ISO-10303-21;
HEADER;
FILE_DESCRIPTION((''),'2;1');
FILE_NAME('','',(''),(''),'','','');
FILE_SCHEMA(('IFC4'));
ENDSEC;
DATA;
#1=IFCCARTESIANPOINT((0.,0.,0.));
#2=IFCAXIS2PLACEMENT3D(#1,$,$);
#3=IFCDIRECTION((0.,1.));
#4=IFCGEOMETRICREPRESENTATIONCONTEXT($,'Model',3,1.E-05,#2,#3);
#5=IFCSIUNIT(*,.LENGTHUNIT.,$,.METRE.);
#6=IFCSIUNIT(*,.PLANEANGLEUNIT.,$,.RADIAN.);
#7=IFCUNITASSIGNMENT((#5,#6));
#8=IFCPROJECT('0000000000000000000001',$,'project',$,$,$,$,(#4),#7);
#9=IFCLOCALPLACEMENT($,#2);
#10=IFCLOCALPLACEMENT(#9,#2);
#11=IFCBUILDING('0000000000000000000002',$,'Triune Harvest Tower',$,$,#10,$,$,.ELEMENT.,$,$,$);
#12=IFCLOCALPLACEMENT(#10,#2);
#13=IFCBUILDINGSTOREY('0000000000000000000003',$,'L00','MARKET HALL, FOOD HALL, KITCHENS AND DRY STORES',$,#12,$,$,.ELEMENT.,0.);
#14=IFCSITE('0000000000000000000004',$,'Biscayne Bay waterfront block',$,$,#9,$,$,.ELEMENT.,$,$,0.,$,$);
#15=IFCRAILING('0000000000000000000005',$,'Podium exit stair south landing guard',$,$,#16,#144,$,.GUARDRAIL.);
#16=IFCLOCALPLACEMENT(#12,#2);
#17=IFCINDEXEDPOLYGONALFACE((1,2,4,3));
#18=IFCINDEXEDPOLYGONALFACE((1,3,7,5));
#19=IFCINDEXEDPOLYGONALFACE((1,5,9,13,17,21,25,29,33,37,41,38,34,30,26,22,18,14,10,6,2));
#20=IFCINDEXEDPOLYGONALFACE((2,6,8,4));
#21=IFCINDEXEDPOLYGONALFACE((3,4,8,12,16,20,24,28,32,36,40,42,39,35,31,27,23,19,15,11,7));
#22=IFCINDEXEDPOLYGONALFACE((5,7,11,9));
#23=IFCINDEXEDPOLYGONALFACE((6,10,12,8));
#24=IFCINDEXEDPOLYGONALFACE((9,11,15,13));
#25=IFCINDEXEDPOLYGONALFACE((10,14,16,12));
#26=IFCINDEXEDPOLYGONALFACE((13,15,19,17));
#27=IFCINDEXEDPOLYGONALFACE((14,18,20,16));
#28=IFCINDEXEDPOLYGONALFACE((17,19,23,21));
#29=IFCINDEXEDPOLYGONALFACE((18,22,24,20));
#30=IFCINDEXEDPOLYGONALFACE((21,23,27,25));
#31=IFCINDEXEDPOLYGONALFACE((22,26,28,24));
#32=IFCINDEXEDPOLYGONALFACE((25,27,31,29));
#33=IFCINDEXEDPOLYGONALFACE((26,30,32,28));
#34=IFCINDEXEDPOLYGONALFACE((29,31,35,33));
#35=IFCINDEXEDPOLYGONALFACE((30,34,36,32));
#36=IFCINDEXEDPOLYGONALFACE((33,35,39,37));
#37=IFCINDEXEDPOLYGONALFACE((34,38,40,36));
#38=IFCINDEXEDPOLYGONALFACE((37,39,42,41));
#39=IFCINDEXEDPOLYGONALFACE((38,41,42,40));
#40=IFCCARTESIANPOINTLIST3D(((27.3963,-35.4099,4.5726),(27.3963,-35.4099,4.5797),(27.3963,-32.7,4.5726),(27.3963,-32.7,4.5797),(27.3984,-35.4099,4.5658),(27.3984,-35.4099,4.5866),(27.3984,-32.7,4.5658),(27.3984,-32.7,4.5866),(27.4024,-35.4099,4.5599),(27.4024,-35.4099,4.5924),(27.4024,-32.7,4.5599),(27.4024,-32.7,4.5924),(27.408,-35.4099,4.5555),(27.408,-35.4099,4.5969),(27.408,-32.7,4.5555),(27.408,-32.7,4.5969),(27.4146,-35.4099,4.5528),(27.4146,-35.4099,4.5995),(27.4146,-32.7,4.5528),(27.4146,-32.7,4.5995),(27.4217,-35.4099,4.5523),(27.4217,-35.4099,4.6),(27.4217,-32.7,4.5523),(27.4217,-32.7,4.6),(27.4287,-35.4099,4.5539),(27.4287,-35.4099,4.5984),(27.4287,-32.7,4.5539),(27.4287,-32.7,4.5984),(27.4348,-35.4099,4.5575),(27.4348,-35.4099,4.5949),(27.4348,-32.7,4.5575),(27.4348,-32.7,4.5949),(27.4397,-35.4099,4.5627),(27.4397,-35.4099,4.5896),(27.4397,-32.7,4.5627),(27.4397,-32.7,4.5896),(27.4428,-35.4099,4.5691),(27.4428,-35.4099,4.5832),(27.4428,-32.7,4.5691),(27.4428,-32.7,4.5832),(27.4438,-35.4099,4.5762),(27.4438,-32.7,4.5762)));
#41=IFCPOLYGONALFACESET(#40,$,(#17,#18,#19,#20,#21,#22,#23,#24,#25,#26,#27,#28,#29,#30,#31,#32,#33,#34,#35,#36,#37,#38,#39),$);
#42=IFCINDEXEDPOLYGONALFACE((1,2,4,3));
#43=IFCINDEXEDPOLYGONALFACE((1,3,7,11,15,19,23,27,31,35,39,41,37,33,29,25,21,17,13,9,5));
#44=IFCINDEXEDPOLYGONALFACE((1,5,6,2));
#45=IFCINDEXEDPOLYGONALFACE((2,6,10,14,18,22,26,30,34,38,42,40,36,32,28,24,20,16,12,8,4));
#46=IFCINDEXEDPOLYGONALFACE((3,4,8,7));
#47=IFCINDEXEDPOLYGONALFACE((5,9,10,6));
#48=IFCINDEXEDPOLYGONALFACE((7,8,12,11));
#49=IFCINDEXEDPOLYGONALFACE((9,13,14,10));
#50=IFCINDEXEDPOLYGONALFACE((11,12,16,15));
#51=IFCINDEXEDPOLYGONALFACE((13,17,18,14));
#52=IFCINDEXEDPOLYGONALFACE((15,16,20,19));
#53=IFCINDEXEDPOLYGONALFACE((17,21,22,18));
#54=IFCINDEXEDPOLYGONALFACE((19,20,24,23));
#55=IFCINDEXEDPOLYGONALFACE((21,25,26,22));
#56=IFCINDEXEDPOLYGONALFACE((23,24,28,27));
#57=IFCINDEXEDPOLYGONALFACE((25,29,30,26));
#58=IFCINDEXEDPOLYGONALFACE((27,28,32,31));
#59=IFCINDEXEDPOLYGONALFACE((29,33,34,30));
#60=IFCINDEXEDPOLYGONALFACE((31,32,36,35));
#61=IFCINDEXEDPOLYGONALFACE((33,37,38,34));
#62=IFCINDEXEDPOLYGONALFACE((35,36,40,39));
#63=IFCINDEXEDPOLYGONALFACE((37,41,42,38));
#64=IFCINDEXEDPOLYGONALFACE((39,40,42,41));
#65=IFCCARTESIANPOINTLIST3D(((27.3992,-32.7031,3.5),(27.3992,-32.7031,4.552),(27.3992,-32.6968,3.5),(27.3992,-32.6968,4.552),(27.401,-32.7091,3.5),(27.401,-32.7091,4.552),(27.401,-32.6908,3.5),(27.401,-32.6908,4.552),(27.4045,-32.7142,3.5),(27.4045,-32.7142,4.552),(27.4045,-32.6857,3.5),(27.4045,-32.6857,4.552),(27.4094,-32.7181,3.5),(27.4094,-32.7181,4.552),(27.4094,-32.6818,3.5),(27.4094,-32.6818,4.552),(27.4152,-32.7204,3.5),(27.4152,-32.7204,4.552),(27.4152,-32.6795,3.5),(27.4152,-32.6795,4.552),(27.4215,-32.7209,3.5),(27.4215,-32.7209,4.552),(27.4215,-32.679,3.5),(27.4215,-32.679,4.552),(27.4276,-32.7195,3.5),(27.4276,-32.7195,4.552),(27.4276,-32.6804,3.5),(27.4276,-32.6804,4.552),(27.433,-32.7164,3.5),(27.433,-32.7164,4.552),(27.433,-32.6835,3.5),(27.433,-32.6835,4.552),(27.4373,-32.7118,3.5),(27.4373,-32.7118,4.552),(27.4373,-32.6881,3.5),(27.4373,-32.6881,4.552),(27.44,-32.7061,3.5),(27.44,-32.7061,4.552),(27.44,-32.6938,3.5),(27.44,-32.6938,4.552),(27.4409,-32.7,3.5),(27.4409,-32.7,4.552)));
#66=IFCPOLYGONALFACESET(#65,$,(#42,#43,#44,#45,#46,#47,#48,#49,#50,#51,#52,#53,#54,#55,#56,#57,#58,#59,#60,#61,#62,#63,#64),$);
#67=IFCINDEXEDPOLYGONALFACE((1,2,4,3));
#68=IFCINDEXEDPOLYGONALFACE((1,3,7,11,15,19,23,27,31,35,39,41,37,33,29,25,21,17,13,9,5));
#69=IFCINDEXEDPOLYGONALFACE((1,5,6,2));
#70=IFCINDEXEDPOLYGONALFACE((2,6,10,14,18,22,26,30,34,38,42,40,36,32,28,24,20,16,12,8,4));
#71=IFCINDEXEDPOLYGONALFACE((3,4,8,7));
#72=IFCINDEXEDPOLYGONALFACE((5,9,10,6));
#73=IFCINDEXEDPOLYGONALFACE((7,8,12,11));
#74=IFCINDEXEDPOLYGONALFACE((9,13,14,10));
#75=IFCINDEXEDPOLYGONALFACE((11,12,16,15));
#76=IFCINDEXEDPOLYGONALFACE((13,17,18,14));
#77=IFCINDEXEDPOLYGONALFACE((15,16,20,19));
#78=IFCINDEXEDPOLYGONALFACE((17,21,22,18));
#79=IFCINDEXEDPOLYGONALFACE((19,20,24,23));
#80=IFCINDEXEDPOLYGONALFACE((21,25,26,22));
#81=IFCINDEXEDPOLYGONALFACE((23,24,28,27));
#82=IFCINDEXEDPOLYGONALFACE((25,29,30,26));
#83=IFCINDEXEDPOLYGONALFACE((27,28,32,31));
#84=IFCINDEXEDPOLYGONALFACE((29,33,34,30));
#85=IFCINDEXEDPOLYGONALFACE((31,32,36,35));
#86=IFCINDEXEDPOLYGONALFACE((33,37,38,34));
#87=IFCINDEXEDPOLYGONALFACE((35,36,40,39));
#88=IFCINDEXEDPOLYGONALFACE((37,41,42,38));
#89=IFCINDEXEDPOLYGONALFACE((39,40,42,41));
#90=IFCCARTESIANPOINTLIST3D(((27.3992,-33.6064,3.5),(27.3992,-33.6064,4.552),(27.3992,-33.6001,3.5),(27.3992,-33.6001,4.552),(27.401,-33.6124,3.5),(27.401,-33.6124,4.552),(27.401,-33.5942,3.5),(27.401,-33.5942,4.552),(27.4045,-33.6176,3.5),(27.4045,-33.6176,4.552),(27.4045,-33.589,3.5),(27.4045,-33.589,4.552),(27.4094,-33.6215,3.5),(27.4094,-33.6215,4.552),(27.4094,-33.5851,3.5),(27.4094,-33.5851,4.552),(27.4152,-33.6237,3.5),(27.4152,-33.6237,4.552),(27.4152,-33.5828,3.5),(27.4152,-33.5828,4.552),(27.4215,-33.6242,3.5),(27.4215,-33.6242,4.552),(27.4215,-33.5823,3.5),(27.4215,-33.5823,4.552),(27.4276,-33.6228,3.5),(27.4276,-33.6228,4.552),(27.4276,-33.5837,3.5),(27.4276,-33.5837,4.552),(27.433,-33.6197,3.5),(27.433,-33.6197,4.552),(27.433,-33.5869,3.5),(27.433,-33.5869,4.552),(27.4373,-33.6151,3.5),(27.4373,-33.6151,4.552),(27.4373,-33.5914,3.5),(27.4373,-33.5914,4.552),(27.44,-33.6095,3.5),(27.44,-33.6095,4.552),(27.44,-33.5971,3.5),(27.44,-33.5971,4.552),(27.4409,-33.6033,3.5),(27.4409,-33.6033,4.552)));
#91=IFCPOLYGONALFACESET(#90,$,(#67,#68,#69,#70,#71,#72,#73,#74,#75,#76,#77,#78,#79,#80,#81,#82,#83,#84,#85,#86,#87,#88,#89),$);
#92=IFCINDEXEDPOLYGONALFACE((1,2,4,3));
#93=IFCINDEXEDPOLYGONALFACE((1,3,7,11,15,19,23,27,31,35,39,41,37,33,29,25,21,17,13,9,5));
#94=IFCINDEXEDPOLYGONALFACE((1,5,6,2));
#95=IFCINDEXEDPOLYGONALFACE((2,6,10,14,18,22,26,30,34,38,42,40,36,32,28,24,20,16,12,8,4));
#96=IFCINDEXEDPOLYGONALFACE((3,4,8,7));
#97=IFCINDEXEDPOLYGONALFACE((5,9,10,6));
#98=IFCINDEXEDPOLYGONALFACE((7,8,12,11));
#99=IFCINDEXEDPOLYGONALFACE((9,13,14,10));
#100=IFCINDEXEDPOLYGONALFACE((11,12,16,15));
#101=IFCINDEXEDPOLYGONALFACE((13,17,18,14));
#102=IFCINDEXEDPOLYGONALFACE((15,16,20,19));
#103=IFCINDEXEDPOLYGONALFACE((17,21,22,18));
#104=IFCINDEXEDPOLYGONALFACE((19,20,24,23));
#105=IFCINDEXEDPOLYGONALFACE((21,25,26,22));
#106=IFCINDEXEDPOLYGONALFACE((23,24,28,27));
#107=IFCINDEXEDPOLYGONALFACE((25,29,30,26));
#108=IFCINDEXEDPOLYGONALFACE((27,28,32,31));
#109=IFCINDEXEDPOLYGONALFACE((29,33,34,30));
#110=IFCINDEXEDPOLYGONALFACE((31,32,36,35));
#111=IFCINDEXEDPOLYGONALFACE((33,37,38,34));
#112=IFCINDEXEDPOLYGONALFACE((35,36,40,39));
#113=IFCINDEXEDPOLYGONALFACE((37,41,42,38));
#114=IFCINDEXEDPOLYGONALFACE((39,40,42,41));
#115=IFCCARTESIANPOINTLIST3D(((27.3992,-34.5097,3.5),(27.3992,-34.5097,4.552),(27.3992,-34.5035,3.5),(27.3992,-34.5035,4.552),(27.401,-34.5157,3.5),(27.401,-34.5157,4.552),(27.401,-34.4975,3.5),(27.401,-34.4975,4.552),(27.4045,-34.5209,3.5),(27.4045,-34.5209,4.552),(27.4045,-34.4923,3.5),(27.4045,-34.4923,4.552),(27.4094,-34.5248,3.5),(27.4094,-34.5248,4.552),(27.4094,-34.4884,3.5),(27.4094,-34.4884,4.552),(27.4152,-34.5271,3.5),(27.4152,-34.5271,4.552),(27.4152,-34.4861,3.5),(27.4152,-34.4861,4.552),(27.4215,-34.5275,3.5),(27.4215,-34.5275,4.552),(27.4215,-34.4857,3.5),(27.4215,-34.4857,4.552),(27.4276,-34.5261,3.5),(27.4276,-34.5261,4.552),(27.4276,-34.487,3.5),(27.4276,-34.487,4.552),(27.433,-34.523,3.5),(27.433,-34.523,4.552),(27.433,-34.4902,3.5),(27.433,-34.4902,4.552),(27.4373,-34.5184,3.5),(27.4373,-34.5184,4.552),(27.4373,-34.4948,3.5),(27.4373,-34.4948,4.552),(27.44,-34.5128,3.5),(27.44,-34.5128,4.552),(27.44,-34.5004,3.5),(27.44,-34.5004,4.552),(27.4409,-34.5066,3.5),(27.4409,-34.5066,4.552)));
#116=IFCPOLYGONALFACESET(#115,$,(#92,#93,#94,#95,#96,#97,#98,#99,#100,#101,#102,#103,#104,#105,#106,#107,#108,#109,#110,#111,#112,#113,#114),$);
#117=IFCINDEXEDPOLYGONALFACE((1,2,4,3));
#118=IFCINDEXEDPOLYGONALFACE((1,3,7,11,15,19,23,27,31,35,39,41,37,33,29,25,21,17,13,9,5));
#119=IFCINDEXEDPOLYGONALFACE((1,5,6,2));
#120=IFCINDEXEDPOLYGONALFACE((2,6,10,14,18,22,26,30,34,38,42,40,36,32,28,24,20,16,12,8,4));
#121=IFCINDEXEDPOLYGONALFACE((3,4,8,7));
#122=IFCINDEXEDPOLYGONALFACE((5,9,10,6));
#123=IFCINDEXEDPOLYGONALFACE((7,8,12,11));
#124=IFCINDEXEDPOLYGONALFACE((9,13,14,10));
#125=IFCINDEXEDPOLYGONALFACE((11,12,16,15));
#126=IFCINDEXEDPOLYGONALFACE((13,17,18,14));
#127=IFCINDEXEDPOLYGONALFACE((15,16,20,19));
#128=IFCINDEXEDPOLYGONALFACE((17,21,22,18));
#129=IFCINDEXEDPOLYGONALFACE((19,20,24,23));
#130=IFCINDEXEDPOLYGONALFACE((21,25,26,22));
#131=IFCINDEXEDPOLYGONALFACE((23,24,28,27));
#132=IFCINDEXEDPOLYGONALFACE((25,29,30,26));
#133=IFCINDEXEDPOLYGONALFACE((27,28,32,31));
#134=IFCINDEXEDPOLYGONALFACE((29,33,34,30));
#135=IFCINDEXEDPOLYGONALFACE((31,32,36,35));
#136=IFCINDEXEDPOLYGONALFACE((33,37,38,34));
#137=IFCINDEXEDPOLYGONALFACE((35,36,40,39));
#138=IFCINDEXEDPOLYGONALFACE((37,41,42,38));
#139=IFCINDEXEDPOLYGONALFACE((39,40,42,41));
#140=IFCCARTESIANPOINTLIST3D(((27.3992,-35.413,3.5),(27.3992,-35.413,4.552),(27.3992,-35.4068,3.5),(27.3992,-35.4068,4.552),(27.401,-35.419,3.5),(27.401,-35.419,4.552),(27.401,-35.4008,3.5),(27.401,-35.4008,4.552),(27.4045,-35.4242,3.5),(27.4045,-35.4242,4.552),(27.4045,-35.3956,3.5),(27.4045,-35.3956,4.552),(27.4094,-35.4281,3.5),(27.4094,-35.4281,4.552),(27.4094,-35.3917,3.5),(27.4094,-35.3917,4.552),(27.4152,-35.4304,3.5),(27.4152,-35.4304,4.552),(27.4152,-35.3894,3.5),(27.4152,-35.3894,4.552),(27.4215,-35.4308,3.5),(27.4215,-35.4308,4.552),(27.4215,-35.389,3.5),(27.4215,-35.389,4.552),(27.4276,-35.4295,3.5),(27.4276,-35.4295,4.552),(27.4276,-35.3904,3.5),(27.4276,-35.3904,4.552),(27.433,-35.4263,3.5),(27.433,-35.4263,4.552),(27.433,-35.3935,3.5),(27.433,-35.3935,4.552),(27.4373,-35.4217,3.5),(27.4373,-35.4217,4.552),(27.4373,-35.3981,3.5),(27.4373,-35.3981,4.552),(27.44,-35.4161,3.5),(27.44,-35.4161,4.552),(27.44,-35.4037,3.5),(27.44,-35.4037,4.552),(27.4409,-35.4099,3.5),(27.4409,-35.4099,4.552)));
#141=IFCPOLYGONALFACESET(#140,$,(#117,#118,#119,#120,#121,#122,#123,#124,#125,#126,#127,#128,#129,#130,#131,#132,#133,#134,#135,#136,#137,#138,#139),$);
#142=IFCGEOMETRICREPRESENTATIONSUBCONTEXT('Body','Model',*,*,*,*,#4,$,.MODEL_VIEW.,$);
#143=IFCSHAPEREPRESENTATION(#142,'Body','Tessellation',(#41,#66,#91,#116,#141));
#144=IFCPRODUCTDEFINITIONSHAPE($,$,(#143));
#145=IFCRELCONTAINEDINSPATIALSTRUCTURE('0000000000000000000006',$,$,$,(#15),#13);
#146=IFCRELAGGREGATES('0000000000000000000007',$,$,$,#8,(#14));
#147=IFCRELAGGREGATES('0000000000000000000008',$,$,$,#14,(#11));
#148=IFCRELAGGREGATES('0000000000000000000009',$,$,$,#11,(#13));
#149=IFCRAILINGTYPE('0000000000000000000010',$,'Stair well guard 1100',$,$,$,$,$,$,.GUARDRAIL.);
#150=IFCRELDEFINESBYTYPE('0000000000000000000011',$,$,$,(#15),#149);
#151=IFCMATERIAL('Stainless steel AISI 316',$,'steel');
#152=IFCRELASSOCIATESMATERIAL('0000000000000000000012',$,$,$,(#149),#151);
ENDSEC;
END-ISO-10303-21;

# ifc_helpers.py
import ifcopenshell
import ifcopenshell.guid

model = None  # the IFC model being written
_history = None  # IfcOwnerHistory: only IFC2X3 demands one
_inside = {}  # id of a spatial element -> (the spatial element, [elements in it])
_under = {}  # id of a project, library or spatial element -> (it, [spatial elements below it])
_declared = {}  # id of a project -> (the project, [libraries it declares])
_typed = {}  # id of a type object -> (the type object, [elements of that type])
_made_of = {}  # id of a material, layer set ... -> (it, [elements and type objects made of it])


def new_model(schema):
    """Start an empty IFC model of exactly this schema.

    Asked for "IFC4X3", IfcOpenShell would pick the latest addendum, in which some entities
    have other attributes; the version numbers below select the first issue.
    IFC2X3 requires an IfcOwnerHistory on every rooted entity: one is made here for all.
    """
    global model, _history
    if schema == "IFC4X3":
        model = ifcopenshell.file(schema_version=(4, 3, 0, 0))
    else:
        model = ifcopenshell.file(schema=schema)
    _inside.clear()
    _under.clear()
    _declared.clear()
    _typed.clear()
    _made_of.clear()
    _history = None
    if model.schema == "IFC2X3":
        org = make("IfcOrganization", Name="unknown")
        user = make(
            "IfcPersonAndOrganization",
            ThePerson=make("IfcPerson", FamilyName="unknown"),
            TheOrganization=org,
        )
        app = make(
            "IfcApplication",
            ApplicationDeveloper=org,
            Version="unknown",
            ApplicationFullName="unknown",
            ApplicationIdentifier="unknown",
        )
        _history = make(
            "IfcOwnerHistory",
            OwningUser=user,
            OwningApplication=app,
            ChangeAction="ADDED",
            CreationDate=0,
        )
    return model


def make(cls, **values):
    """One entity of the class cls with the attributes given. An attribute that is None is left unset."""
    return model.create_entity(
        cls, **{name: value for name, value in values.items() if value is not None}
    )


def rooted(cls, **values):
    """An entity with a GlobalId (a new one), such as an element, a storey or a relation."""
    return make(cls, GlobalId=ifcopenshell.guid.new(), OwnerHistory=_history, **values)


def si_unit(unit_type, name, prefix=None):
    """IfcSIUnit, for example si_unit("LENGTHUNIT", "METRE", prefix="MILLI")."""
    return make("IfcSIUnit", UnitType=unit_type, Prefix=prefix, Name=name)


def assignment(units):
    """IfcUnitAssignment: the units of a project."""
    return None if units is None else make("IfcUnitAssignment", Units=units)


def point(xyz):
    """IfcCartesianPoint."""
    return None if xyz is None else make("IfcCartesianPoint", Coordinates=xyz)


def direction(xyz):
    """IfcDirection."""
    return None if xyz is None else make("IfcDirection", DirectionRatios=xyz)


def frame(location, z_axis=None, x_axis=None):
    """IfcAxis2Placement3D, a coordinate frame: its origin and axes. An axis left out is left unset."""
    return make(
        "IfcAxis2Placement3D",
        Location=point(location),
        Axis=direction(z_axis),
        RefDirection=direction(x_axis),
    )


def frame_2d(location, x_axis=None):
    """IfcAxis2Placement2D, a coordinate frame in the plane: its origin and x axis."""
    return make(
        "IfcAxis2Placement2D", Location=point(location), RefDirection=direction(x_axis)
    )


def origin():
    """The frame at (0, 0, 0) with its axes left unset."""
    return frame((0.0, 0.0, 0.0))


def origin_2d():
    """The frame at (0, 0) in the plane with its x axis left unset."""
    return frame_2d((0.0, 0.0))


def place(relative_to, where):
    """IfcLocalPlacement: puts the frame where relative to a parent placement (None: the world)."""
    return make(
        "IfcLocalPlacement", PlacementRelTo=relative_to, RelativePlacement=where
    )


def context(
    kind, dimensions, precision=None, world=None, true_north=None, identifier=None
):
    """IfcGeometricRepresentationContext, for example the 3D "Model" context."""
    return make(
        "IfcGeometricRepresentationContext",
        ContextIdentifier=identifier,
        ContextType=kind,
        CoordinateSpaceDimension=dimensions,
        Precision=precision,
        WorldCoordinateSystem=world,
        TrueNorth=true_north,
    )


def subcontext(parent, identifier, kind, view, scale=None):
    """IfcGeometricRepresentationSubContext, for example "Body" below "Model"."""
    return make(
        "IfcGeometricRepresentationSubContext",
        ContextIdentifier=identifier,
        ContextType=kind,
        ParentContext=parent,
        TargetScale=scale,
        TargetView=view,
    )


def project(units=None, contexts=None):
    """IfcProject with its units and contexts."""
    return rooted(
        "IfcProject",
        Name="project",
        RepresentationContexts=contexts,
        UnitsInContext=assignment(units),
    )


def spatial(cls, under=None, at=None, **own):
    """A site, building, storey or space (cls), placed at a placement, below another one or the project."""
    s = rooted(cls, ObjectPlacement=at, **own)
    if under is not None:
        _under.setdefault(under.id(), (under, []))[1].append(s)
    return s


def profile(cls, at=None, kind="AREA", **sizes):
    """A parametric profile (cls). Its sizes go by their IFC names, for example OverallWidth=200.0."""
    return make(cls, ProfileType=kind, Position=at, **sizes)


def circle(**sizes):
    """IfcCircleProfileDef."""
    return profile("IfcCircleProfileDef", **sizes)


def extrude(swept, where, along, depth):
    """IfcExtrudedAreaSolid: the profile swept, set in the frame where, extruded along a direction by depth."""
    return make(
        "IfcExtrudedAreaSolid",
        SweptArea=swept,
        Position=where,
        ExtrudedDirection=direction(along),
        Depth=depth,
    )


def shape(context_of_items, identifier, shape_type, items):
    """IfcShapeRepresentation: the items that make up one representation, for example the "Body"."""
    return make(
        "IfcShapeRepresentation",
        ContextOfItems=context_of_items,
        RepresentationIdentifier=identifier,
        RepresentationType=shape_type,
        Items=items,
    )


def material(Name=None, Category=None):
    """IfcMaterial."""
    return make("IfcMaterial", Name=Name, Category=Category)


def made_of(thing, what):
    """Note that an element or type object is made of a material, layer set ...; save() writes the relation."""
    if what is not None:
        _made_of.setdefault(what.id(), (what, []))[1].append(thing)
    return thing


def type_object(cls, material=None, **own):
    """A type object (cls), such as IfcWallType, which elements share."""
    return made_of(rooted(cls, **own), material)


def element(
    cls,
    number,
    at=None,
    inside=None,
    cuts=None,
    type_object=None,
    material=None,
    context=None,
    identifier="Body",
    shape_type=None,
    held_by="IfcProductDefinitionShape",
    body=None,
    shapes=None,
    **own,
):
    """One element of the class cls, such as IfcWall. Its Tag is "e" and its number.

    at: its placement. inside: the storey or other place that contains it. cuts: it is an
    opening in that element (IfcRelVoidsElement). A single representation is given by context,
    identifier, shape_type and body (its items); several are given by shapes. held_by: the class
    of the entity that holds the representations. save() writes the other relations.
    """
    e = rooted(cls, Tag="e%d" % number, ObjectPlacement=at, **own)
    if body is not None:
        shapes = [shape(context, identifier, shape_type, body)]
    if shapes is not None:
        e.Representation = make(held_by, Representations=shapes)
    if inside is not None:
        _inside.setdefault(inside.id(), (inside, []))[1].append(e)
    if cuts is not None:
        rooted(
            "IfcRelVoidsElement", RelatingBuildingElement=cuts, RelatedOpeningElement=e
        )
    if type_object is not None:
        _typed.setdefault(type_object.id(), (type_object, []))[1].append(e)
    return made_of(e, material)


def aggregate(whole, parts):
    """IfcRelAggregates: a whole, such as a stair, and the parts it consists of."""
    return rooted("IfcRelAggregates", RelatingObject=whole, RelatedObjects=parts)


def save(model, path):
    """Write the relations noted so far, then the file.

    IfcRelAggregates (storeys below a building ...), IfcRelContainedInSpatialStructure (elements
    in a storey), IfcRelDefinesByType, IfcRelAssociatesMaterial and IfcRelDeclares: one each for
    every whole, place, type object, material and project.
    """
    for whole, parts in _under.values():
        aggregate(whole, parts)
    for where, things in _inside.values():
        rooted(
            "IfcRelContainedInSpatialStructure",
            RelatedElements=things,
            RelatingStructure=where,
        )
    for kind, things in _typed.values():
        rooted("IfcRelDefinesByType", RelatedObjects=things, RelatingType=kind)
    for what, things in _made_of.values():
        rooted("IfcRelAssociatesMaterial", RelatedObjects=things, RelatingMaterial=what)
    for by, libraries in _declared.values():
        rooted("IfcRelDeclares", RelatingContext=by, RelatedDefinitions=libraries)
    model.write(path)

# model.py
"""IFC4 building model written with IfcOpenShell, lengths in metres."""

from ifc_helpers import new_model, si_unit, direction, frame, origin, origin_2d, place, context, subcontext, project, spatial, circle, extrude, material, type_object, element, save


model = new_model("IFC4")

# Units and contexts
model_context = context("Model", 3, precision=1e-05, world=origin(), true_north=direction((0.0, 1.0)))
body_context = subcontext(model_context, "Body", "Model", "MODEL_VIEW")
ifc_project = project(units=[si_unit("LENGTHUNIT", "METRE"), si_unit("PLANEANGLEUNIT", "RADIAN")], contexts=[model_context])

# Site, building, storey
site_placement = place(None, origin())
site = spatial("IfcSite", under=ifc_project, at=site_placement, Name="Biscayne Bay waterfront block", CompositionType="ELEMENT", RefElevation=0.0)
building_placement = place(site_placement, origin())
building = spatial("IfcBuilding", under=site, at=building_placement, Name="Triune Harvest Tower", CompositionType="ELEMENT")
storey_placement = place(building_placement, origin())
storey = spatial("IfcBuildingStorey", under=building, at=storey_placement, Name="L00", Description="MARKET HALL, FOOD HALL, KITCHENS AND DRY STORES", CompositionType="ELEMENT", Elevation=0.0)

# Railing
ifc_material_1 = material(Name="Stainless steel AISI 316", Category="steel")
railing_type_1 = type_object("IfcRailingType", Name="Stair well guard 1100", PredefinedType="GUARDRAIL", material=ifc_material_1)
railing_1_placement = place(storey_placement, frame((27.4199, -32.7, 3.5)))
element("IfcRailing", 1, at=railing_1_placement, inside=storey, type_object=railing_type_1, Name="Podium exit stair south landing guard", PredefinedType="GUARDRAIL", context=body_context, shape_type="SweptSolid", body=[
    extrude(circle(Radius=0.0239, at=origin_2d()), frame((0.0, 0.0, 1.0762), z_axis=(0.0, -1.0, 0.0), x_axis=(1.0, 0.0, 0.0)), (0.0, 0.0, 1.0), 2.71),
    extrude(circle(Radius=0.021, at=origin_2d()), origin(), (0.0, 0.0, 1.0), 1.052),
    extrude(circle(Radius=0.021, at=origin_2d()), frame((0.0, -0.9033, 0.0)), (0.0, 0.0, 1.0), 1.052),
    extrude(circle(Radius=0.021, at=origin_2d()), frame((0.0, -1.8066, 0.0)), (0.0, 0.0, 1.0), 1.052),
    extrude(circle(Radius=0.021, at=origin_2d()), frame((0.0, -2.71, 0.0)), (0.0, 0.0, 1.0), 1.052),
])

save(model, "model.ifc")
